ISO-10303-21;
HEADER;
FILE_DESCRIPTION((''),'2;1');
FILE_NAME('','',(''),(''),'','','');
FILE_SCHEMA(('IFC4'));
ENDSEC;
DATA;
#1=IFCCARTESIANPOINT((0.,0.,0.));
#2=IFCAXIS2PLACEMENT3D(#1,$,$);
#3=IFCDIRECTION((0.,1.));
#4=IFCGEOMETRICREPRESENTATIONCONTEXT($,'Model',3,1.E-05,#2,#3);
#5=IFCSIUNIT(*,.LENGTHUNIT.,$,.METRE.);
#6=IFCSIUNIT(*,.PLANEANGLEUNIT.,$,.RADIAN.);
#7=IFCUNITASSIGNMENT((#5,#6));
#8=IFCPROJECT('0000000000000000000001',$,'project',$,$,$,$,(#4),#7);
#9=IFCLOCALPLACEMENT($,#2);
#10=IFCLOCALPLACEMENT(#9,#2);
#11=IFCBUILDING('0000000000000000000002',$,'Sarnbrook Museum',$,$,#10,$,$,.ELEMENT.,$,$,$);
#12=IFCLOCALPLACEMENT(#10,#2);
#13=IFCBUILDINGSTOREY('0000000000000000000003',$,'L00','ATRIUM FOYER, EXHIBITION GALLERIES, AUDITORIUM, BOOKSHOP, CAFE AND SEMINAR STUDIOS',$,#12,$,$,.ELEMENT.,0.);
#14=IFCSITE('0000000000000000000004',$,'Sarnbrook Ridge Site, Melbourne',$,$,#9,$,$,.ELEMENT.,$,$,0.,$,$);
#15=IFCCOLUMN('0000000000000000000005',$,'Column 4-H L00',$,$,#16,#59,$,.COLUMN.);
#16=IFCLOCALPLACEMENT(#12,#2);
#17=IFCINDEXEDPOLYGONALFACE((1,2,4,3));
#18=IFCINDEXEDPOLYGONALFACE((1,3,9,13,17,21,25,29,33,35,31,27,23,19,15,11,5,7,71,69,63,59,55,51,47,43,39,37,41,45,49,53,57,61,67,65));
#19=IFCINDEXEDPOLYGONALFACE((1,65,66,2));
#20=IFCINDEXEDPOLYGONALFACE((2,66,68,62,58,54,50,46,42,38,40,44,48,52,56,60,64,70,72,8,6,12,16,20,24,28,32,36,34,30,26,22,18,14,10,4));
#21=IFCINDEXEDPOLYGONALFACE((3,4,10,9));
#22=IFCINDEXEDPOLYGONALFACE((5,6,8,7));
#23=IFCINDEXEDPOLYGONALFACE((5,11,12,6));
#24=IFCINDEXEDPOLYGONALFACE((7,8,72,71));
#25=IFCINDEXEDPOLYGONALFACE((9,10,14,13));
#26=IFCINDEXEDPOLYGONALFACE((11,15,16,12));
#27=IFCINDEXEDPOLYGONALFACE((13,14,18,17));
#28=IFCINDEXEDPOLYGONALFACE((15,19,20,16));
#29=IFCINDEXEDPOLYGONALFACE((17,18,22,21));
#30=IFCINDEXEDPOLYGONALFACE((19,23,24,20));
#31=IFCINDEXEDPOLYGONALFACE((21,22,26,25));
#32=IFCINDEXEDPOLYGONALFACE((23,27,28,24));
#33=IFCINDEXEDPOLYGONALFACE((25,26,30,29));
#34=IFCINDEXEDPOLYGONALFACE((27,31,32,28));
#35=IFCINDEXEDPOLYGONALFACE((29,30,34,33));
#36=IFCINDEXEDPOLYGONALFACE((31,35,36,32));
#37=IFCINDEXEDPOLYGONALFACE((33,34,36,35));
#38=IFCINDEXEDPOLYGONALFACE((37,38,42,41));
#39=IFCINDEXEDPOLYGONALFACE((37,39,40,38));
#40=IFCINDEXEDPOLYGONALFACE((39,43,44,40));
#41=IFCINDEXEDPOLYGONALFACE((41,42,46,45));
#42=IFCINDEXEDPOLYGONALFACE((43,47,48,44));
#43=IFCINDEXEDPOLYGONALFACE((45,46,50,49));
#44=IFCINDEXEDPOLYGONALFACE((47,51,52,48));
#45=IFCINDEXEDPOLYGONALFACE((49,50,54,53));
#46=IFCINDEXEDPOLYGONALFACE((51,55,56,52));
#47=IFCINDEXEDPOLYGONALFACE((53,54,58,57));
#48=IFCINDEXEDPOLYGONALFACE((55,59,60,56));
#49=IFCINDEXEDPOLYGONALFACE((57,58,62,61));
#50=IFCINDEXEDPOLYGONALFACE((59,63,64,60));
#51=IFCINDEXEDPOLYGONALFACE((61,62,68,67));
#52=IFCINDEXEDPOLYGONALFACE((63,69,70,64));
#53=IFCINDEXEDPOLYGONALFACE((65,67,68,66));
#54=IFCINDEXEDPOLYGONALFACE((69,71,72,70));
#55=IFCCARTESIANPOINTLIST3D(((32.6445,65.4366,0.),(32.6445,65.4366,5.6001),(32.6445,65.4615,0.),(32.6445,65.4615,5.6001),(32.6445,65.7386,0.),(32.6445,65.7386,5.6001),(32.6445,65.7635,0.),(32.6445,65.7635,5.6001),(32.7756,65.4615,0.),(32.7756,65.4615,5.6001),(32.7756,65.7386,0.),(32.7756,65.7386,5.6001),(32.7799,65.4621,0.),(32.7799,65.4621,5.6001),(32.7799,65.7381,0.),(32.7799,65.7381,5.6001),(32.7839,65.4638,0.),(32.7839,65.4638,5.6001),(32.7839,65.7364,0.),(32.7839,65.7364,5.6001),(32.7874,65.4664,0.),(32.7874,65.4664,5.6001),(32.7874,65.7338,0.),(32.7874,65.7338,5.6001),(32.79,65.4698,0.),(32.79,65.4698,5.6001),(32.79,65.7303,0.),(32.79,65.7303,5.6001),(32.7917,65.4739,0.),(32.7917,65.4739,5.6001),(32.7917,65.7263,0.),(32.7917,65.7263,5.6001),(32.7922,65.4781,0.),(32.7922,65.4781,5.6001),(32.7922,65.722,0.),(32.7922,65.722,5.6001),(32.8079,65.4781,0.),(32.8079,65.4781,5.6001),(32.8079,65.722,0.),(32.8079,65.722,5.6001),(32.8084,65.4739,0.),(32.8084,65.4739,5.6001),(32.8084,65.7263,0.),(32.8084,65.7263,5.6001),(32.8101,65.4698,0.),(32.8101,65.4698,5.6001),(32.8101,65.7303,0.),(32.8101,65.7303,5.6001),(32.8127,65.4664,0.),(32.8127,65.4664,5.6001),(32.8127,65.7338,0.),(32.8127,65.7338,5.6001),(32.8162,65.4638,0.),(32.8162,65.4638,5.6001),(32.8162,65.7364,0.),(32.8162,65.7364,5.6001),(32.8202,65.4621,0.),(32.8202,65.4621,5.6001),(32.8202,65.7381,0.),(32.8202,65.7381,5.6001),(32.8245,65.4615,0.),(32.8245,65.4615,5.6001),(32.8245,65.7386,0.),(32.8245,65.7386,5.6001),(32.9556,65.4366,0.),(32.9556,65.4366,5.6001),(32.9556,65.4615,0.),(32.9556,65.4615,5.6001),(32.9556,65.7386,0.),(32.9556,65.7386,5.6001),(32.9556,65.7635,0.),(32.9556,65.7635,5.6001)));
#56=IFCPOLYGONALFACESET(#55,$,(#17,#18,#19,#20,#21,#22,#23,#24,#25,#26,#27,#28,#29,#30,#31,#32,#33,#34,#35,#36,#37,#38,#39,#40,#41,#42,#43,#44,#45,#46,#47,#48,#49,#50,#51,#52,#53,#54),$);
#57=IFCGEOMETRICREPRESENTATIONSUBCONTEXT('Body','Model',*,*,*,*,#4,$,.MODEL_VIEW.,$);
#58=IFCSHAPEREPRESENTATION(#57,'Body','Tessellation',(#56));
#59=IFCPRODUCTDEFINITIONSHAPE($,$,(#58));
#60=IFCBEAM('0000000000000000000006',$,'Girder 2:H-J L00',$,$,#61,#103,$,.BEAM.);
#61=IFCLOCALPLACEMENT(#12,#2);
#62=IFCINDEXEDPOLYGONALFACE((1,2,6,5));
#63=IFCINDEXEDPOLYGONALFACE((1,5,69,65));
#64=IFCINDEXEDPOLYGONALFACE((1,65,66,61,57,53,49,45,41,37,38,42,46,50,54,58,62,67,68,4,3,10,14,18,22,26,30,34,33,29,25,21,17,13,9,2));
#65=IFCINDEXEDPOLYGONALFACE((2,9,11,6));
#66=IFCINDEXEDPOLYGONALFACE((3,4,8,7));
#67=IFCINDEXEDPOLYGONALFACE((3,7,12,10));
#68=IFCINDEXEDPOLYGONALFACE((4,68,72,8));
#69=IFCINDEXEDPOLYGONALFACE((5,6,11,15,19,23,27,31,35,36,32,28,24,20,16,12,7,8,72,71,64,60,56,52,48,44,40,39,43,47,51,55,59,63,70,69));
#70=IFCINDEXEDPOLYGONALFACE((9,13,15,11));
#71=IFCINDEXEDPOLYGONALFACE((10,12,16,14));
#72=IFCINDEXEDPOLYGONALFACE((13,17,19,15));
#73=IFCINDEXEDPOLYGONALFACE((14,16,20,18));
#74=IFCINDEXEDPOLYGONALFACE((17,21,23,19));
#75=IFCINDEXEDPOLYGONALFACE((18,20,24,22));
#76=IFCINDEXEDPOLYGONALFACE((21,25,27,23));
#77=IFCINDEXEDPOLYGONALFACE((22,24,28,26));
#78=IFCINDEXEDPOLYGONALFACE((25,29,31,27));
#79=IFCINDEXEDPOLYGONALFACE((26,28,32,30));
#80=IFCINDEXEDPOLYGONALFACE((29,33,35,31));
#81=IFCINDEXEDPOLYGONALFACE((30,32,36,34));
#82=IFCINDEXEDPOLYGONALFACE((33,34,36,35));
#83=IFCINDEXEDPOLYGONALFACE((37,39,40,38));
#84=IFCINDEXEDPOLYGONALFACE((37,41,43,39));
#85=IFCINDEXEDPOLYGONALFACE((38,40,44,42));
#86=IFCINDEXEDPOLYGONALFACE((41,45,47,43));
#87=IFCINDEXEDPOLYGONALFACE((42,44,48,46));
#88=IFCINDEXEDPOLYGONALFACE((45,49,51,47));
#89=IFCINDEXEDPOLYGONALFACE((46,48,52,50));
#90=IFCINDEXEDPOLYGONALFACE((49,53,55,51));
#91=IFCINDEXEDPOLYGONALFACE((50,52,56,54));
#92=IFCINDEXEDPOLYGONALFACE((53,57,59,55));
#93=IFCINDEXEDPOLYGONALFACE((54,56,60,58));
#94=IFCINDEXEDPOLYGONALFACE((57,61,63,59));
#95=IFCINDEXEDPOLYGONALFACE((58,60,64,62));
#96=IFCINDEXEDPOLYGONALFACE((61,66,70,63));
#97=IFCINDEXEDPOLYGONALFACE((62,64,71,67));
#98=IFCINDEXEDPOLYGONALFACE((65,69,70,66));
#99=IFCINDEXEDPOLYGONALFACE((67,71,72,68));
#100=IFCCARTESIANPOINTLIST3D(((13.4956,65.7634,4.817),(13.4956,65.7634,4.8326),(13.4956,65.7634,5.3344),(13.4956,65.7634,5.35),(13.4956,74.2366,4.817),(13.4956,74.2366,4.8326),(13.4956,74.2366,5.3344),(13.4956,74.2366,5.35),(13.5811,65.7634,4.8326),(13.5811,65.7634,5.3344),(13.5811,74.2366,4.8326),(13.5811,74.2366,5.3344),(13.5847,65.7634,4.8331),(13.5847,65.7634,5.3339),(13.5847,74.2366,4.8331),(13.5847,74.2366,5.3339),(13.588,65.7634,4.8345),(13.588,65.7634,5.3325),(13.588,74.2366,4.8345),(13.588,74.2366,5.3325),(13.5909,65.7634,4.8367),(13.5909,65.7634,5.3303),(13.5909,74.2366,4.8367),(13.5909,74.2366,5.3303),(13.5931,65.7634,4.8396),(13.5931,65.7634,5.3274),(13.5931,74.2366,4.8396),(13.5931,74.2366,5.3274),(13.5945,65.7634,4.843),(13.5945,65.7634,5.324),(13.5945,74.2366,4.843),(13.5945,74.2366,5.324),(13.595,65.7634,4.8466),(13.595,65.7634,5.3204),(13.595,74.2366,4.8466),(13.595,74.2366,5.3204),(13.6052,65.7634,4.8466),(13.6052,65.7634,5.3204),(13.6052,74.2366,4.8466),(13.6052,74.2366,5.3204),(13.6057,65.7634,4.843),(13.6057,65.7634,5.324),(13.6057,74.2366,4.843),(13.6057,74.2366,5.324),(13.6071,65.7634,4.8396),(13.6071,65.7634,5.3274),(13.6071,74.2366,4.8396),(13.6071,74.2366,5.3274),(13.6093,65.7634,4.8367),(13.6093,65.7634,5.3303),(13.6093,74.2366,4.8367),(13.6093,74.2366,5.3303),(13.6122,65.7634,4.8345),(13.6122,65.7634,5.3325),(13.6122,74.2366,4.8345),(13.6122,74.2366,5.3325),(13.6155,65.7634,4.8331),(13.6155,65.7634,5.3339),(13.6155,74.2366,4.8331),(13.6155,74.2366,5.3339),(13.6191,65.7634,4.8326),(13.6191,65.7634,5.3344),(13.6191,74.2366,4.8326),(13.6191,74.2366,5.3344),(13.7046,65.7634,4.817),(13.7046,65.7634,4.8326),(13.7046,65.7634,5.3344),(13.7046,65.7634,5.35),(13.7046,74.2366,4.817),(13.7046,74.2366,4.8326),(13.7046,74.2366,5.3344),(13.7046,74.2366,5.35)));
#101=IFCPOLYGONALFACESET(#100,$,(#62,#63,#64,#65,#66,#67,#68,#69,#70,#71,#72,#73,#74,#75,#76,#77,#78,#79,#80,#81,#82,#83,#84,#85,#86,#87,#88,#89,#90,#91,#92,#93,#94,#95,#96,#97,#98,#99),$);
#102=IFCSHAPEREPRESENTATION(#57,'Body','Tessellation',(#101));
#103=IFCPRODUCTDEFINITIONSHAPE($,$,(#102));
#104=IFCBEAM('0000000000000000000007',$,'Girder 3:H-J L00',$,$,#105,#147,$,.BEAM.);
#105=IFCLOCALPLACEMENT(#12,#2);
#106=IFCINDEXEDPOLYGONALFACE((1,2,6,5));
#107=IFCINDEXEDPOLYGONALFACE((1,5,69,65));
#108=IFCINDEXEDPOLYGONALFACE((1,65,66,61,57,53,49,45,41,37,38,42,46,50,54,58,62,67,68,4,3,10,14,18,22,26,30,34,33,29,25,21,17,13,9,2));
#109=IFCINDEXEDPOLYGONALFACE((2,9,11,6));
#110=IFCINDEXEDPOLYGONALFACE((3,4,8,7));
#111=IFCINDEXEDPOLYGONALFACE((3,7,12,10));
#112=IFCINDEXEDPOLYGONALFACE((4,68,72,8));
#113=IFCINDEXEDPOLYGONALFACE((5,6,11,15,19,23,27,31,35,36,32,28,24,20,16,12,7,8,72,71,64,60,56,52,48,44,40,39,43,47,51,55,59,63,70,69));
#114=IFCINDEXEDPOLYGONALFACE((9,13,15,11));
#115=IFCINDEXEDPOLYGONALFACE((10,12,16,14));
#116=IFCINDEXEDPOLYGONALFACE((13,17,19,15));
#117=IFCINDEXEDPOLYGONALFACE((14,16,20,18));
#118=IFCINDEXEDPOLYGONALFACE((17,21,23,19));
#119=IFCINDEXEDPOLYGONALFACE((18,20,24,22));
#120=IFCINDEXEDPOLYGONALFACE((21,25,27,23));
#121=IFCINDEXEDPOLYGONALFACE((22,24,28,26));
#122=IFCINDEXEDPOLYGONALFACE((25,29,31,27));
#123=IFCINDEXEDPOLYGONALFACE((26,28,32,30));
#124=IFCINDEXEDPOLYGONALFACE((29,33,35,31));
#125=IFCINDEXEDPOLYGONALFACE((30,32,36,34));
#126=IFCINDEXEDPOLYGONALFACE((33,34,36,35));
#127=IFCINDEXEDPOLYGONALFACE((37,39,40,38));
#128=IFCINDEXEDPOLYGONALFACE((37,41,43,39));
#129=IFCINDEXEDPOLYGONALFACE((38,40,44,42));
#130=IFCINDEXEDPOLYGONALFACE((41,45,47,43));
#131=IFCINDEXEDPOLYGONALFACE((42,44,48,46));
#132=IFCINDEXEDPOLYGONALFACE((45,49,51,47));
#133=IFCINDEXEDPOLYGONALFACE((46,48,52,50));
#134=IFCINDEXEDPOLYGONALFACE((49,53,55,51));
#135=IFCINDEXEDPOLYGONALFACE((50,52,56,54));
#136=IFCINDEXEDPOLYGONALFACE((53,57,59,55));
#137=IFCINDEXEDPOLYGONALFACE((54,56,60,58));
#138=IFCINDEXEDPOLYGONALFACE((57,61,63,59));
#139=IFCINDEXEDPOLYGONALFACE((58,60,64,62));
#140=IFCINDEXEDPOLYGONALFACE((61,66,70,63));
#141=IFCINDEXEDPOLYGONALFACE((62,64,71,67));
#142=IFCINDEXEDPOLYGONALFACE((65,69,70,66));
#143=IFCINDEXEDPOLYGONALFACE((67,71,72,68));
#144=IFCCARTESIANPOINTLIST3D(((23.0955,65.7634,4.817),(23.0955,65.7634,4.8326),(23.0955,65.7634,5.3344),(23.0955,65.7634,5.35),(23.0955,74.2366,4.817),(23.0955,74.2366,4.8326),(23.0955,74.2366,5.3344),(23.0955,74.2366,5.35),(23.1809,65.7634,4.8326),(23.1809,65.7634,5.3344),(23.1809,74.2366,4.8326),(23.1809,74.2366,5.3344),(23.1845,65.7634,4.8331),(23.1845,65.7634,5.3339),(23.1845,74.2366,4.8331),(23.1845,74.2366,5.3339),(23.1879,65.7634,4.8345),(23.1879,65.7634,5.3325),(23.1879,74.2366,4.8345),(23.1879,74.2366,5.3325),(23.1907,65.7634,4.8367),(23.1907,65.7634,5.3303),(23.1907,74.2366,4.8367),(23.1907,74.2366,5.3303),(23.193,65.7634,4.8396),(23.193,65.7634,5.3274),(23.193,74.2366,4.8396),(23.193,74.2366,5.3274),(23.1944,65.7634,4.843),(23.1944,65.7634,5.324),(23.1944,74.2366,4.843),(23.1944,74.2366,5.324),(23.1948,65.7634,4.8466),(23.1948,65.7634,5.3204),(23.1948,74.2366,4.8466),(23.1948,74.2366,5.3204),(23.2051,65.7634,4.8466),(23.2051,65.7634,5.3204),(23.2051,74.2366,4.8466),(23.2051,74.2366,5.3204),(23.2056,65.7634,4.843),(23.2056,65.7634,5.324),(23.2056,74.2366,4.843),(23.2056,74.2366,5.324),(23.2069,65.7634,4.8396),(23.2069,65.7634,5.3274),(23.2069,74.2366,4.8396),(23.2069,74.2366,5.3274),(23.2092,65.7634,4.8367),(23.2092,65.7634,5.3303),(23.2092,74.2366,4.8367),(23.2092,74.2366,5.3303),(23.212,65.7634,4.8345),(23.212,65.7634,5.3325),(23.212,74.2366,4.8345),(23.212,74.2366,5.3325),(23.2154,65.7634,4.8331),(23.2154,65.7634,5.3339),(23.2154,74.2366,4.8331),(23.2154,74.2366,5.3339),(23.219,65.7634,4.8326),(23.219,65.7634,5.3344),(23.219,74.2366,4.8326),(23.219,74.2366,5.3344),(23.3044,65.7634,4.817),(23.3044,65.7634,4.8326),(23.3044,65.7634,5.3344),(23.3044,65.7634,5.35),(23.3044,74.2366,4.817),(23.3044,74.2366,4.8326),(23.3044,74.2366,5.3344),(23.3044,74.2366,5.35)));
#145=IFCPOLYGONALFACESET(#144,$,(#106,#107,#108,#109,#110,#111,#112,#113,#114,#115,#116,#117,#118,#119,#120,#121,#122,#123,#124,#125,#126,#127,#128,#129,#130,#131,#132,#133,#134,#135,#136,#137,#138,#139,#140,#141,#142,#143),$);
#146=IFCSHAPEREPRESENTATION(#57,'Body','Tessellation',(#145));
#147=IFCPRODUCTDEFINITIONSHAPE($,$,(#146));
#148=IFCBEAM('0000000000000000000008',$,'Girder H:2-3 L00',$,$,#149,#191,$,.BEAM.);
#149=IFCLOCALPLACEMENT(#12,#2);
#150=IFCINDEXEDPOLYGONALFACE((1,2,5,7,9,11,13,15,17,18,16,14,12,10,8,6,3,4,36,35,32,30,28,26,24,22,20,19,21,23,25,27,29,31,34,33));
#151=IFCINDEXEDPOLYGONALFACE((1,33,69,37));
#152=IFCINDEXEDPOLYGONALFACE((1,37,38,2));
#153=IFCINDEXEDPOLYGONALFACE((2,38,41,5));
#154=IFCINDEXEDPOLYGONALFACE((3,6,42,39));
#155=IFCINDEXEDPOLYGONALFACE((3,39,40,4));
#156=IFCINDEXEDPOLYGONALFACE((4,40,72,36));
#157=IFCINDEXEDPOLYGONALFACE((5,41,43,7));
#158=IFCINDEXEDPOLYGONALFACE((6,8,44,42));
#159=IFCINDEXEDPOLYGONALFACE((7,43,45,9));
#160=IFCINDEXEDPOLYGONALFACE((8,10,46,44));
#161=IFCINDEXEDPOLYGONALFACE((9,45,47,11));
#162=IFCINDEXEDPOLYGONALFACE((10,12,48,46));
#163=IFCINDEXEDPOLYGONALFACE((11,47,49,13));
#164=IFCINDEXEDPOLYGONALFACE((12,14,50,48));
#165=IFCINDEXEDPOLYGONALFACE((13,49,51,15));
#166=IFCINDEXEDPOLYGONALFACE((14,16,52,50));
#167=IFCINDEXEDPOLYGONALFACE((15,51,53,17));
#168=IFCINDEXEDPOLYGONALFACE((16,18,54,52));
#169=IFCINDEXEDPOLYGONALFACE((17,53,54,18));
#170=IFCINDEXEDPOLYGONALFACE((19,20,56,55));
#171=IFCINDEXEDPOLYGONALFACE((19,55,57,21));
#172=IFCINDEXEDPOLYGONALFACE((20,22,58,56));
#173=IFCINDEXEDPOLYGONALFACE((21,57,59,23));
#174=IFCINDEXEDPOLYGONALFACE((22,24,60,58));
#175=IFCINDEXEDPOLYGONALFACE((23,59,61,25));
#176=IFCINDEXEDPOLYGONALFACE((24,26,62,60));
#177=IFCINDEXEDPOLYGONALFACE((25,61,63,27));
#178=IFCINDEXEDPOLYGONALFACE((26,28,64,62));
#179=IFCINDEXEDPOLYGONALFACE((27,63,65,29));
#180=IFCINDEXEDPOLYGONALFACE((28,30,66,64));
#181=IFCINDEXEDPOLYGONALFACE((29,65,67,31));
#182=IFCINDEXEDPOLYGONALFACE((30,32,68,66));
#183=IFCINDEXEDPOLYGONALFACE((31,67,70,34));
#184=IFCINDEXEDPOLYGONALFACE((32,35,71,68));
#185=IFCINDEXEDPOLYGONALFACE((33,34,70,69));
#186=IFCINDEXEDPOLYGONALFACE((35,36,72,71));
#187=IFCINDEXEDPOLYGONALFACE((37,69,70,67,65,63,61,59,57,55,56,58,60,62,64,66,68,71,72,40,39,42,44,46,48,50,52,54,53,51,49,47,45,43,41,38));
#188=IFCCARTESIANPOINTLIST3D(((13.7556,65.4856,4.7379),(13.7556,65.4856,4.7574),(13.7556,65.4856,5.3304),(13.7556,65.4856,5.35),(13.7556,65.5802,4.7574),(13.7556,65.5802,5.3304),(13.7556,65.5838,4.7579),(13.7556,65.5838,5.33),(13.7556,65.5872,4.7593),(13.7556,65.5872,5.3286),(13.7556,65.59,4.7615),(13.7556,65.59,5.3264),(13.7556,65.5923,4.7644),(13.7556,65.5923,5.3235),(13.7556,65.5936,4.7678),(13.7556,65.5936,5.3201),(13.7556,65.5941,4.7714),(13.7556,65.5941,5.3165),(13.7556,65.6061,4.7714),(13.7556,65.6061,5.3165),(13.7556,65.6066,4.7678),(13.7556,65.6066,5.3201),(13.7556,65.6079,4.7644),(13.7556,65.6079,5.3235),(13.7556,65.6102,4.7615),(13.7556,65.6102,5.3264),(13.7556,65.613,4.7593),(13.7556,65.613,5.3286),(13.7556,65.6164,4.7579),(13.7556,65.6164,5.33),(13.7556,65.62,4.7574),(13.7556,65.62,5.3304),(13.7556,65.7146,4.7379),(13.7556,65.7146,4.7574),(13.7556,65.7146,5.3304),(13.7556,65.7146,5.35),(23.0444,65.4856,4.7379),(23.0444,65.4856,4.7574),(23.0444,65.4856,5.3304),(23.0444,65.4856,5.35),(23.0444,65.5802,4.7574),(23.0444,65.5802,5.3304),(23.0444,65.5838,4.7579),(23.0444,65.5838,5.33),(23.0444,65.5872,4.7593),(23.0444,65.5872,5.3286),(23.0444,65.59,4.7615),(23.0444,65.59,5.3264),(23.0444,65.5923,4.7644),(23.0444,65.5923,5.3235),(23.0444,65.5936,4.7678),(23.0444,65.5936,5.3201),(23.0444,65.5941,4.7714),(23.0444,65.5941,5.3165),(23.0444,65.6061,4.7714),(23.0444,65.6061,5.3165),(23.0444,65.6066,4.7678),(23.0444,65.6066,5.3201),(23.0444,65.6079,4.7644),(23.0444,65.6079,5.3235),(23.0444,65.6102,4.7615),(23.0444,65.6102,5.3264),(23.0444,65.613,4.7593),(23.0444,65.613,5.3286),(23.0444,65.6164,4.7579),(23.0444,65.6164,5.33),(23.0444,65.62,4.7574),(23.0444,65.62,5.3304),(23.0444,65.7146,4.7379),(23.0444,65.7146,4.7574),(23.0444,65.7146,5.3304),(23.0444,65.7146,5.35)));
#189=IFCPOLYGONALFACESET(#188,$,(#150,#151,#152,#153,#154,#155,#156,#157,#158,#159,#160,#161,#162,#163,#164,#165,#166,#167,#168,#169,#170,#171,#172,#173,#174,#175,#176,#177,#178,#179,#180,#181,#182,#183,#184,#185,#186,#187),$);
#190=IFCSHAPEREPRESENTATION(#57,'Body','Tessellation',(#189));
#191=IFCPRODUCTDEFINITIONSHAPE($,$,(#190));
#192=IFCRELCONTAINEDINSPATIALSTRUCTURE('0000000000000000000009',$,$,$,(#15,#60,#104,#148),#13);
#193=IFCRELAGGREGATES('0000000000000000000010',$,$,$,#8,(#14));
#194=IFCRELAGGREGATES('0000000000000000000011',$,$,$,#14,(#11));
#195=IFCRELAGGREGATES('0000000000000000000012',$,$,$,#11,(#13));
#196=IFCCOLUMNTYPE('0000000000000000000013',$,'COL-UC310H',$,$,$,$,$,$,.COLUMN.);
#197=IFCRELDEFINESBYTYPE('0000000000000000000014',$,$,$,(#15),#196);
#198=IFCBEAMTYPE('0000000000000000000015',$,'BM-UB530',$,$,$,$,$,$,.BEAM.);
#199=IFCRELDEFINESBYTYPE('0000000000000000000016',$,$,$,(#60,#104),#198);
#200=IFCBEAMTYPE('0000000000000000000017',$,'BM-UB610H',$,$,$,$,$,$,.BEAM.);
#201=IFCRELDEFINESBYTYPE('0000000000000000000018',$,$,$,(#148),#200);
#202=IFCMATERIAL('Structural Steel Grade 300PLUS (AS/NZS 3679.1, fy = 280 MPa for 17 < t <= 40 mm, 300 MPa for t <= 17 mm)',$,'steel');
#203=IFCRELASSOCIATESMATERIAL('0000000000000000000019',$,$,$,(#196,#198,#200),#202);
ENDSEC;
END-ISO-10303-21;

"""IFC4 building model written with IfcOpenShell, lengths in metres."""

from ifc_helpers import new_model, si_unit, direction, frame, origin, origin_2d, place, context, subcontext, project, spatial, i_section, extrude, material, material_profile, profile_set, type_object, element, save


model = new_model("IFC4")

# Units and contexts
model_context = context("Model", 3, precision=1e-05, world=origin(), true_north=direction((0.0, 1.0)))
body_context = subcontext(model_context, "Body", "Model", "MODEL_VIEW")
ifc_project = project(units=[si_unit("LENGTHUNIT", "METRE"), si_unit("PLANEANGLEUNIT", "RADIAN")], contexts=[model_context])

# Site, building, storey
site_placement = place(None, origin())
site = spatial("IfcSite", under=ifc_project, at=site_placement, Name="Sarnbrook Ridge Site, Melbourne", CompositionType="ELEMENT", RefElevation=0.0)
building_placement = place(site_placement, origin())
building = spatial("IfcBuilding", under=site, at=building_placement, Name="Sarnbrook Museum", CompositionType="ELEMENT")
storey_placement = place(building_placement, origin())
storey = spatial("IfcBuildingStorey", under=building, at=storey_placement, Name="L00", Description="ATRIUM FOYER, EXHIBITION GALLERIES, AUDITORIUM, BOOKSHOP, CAFE AND SEMINAR STUDIOS", CompositionType="ELEMENT", Elevation=0.0)

# Column
ifc_material_1 = material(Name="Structural Steel Grade 300PLUS (AS/NZS 3679.1, fy = 280 MPa for 17 < t <= 40 mm, 300 MPa for t <= 17 mm)", Category="steel")
ifc_material_profile_1 = material_profile(ifc_material_1, i_section(OverallWidth=0.311, OverallDepth=0.3269, WebThickness=0.0156, FlangeThickness=0.0249, FilletRadius=0.0166, at=origin_2d()), Name="310UC158")
ifc_profile_set_1 = profile_set([ifc_material_profile_1], Name="Structural Steel Grade 300PLUS (AS/NZS 3679.1, fy = 280 MPa for 17 < t <= 40 mm, 300 MPa for t <= 17 mm)")
column_type = type_object("IfcColumnType", Name="COL-UC310H", PredefinedType="COLUMN", material=ifc_profile_set_1)
for number, where, z_axis, x_axis, name in (
    (1, (32.8, 65.6001, 0.0), (0.0, 0.0, 1.0), (1.0, 0.0, 0.0), "Column 4-H L00"),
):
    element("IfcColumn", number, at=place(storey_placement, frame(where, z_axis=z_axis, x_axis=x_axis)), inside=storey, type_object=column_type, Name=name, PredefinedType="COLUMN", context=body_context, shape_type="SweptSolid", body=[
        extrude(i_section(OverallWidth=0.311, OverallDepth=0.3269, WebThickness=0.0156, FlangeThickness=0.0249, FilletRadius=0.0166, at=origin_2d()), origin(), (0.0, 0.0, 1.0), 5.6001),
    ])

# Beams
ifc_material_profile_2 = material_profile(ifc_material_1, i_section(OverallWidth=0.209, OverallDepth=0.533, WebThickness=0.0103, FlangeThickness=0.0156, FilletRadius=0.0139, at=origin_2d()), Name="530UB92.4")
ifc_profile_set_2 = profile_set([ifc_material_profile_2], Name="Structural Steel Grade 300PLUS (AS/NZS 3679.1, fy = 280 MPa for 17 < t <= 40 mm, 300 MPa for t <= 17 mm)")
beam_type_1 = type_object("IfcBeamType", Name="BM-UB530", PredefinedType="BEAM", material=ifc_profile_set_2)
for number, where, z_axis, x_axis, name in (
    (2, (13.6001, 65.7634, 5.0835), (0.0, 1.0, 0.0), (-1.0, 0.0, 0.0), "Girder 2:H-J L00"),
    (3, (23.2, 65.7634, 5.0835), (0.0, 1.0, 0.0), (-1.0, 0.0, 0.0), "Girder 3:H-J L00"),
):
    element("IfcBeam", number, at=place(storey_placement, frame(where, z_axis=z_axis, x_axis=x_axis)), inside=storey, type_object=beam_type_1, Name=name, PredefinedType="BEAM", context=body_context, shape_type="SweptSolid", body=[
        extrude(i_section(OverallWidth=0.209, OverallDepth=0.533, WebThickness=0.0103, FlangeThickness=0.0156, FilletRadius=0.0139, at=origin_2d()), origin(), (0.0, 0.0, 1.0), 8.4731),
    ])
ifc_material_profile_3 = material_profile(ifc_material_1, i_section(OverallWidth=0.229, OverallDepth=0.6121, WebThickness=0.012, FlangeThickness=0.0195, FilletRadius=0.0139, at=origin_2d()), Name="610UB125")
ifc_profile_set_3 = profile_set([ifc_material_profile_3], Name="Structural Steel Grade 300PLUS (AS/NZS 3679.1, fy = 280 MPa for 17 < t <= 40 mm, 300 MPa for t <= 17 mm)")
beam_type_2 = type_object("IfcBeamType", Name="BM-UB610H", PredefinedType="BEAM", material=ifc_profile_set_3)
beam_1_placement = place(storey_placement, frame((13.7556, 65.6001, 5.0439), z_axis=(1.0, 0.0, 0.0), x_axis=(0.0, 1.0, 0.0)))
element("IfcBeam", 4, at=beam_1_placement, inside=storey, type_object=beam_type_2, Name="Girder H:2-3 L00", PredefinedType="BEAM", context=body_context, shape_type="SweptSolid", body=[
    extrude(i_section(OverallWidth=0.229, OverallDepth=0.6121, WebThickness=0.012, FlangeThickness=0.0195, FilletRadius=0.0139, at=origin_2d()), origin(), (0.0, 0.0, 1.0), 9.2888),
])

save(model, "model.ifc")
